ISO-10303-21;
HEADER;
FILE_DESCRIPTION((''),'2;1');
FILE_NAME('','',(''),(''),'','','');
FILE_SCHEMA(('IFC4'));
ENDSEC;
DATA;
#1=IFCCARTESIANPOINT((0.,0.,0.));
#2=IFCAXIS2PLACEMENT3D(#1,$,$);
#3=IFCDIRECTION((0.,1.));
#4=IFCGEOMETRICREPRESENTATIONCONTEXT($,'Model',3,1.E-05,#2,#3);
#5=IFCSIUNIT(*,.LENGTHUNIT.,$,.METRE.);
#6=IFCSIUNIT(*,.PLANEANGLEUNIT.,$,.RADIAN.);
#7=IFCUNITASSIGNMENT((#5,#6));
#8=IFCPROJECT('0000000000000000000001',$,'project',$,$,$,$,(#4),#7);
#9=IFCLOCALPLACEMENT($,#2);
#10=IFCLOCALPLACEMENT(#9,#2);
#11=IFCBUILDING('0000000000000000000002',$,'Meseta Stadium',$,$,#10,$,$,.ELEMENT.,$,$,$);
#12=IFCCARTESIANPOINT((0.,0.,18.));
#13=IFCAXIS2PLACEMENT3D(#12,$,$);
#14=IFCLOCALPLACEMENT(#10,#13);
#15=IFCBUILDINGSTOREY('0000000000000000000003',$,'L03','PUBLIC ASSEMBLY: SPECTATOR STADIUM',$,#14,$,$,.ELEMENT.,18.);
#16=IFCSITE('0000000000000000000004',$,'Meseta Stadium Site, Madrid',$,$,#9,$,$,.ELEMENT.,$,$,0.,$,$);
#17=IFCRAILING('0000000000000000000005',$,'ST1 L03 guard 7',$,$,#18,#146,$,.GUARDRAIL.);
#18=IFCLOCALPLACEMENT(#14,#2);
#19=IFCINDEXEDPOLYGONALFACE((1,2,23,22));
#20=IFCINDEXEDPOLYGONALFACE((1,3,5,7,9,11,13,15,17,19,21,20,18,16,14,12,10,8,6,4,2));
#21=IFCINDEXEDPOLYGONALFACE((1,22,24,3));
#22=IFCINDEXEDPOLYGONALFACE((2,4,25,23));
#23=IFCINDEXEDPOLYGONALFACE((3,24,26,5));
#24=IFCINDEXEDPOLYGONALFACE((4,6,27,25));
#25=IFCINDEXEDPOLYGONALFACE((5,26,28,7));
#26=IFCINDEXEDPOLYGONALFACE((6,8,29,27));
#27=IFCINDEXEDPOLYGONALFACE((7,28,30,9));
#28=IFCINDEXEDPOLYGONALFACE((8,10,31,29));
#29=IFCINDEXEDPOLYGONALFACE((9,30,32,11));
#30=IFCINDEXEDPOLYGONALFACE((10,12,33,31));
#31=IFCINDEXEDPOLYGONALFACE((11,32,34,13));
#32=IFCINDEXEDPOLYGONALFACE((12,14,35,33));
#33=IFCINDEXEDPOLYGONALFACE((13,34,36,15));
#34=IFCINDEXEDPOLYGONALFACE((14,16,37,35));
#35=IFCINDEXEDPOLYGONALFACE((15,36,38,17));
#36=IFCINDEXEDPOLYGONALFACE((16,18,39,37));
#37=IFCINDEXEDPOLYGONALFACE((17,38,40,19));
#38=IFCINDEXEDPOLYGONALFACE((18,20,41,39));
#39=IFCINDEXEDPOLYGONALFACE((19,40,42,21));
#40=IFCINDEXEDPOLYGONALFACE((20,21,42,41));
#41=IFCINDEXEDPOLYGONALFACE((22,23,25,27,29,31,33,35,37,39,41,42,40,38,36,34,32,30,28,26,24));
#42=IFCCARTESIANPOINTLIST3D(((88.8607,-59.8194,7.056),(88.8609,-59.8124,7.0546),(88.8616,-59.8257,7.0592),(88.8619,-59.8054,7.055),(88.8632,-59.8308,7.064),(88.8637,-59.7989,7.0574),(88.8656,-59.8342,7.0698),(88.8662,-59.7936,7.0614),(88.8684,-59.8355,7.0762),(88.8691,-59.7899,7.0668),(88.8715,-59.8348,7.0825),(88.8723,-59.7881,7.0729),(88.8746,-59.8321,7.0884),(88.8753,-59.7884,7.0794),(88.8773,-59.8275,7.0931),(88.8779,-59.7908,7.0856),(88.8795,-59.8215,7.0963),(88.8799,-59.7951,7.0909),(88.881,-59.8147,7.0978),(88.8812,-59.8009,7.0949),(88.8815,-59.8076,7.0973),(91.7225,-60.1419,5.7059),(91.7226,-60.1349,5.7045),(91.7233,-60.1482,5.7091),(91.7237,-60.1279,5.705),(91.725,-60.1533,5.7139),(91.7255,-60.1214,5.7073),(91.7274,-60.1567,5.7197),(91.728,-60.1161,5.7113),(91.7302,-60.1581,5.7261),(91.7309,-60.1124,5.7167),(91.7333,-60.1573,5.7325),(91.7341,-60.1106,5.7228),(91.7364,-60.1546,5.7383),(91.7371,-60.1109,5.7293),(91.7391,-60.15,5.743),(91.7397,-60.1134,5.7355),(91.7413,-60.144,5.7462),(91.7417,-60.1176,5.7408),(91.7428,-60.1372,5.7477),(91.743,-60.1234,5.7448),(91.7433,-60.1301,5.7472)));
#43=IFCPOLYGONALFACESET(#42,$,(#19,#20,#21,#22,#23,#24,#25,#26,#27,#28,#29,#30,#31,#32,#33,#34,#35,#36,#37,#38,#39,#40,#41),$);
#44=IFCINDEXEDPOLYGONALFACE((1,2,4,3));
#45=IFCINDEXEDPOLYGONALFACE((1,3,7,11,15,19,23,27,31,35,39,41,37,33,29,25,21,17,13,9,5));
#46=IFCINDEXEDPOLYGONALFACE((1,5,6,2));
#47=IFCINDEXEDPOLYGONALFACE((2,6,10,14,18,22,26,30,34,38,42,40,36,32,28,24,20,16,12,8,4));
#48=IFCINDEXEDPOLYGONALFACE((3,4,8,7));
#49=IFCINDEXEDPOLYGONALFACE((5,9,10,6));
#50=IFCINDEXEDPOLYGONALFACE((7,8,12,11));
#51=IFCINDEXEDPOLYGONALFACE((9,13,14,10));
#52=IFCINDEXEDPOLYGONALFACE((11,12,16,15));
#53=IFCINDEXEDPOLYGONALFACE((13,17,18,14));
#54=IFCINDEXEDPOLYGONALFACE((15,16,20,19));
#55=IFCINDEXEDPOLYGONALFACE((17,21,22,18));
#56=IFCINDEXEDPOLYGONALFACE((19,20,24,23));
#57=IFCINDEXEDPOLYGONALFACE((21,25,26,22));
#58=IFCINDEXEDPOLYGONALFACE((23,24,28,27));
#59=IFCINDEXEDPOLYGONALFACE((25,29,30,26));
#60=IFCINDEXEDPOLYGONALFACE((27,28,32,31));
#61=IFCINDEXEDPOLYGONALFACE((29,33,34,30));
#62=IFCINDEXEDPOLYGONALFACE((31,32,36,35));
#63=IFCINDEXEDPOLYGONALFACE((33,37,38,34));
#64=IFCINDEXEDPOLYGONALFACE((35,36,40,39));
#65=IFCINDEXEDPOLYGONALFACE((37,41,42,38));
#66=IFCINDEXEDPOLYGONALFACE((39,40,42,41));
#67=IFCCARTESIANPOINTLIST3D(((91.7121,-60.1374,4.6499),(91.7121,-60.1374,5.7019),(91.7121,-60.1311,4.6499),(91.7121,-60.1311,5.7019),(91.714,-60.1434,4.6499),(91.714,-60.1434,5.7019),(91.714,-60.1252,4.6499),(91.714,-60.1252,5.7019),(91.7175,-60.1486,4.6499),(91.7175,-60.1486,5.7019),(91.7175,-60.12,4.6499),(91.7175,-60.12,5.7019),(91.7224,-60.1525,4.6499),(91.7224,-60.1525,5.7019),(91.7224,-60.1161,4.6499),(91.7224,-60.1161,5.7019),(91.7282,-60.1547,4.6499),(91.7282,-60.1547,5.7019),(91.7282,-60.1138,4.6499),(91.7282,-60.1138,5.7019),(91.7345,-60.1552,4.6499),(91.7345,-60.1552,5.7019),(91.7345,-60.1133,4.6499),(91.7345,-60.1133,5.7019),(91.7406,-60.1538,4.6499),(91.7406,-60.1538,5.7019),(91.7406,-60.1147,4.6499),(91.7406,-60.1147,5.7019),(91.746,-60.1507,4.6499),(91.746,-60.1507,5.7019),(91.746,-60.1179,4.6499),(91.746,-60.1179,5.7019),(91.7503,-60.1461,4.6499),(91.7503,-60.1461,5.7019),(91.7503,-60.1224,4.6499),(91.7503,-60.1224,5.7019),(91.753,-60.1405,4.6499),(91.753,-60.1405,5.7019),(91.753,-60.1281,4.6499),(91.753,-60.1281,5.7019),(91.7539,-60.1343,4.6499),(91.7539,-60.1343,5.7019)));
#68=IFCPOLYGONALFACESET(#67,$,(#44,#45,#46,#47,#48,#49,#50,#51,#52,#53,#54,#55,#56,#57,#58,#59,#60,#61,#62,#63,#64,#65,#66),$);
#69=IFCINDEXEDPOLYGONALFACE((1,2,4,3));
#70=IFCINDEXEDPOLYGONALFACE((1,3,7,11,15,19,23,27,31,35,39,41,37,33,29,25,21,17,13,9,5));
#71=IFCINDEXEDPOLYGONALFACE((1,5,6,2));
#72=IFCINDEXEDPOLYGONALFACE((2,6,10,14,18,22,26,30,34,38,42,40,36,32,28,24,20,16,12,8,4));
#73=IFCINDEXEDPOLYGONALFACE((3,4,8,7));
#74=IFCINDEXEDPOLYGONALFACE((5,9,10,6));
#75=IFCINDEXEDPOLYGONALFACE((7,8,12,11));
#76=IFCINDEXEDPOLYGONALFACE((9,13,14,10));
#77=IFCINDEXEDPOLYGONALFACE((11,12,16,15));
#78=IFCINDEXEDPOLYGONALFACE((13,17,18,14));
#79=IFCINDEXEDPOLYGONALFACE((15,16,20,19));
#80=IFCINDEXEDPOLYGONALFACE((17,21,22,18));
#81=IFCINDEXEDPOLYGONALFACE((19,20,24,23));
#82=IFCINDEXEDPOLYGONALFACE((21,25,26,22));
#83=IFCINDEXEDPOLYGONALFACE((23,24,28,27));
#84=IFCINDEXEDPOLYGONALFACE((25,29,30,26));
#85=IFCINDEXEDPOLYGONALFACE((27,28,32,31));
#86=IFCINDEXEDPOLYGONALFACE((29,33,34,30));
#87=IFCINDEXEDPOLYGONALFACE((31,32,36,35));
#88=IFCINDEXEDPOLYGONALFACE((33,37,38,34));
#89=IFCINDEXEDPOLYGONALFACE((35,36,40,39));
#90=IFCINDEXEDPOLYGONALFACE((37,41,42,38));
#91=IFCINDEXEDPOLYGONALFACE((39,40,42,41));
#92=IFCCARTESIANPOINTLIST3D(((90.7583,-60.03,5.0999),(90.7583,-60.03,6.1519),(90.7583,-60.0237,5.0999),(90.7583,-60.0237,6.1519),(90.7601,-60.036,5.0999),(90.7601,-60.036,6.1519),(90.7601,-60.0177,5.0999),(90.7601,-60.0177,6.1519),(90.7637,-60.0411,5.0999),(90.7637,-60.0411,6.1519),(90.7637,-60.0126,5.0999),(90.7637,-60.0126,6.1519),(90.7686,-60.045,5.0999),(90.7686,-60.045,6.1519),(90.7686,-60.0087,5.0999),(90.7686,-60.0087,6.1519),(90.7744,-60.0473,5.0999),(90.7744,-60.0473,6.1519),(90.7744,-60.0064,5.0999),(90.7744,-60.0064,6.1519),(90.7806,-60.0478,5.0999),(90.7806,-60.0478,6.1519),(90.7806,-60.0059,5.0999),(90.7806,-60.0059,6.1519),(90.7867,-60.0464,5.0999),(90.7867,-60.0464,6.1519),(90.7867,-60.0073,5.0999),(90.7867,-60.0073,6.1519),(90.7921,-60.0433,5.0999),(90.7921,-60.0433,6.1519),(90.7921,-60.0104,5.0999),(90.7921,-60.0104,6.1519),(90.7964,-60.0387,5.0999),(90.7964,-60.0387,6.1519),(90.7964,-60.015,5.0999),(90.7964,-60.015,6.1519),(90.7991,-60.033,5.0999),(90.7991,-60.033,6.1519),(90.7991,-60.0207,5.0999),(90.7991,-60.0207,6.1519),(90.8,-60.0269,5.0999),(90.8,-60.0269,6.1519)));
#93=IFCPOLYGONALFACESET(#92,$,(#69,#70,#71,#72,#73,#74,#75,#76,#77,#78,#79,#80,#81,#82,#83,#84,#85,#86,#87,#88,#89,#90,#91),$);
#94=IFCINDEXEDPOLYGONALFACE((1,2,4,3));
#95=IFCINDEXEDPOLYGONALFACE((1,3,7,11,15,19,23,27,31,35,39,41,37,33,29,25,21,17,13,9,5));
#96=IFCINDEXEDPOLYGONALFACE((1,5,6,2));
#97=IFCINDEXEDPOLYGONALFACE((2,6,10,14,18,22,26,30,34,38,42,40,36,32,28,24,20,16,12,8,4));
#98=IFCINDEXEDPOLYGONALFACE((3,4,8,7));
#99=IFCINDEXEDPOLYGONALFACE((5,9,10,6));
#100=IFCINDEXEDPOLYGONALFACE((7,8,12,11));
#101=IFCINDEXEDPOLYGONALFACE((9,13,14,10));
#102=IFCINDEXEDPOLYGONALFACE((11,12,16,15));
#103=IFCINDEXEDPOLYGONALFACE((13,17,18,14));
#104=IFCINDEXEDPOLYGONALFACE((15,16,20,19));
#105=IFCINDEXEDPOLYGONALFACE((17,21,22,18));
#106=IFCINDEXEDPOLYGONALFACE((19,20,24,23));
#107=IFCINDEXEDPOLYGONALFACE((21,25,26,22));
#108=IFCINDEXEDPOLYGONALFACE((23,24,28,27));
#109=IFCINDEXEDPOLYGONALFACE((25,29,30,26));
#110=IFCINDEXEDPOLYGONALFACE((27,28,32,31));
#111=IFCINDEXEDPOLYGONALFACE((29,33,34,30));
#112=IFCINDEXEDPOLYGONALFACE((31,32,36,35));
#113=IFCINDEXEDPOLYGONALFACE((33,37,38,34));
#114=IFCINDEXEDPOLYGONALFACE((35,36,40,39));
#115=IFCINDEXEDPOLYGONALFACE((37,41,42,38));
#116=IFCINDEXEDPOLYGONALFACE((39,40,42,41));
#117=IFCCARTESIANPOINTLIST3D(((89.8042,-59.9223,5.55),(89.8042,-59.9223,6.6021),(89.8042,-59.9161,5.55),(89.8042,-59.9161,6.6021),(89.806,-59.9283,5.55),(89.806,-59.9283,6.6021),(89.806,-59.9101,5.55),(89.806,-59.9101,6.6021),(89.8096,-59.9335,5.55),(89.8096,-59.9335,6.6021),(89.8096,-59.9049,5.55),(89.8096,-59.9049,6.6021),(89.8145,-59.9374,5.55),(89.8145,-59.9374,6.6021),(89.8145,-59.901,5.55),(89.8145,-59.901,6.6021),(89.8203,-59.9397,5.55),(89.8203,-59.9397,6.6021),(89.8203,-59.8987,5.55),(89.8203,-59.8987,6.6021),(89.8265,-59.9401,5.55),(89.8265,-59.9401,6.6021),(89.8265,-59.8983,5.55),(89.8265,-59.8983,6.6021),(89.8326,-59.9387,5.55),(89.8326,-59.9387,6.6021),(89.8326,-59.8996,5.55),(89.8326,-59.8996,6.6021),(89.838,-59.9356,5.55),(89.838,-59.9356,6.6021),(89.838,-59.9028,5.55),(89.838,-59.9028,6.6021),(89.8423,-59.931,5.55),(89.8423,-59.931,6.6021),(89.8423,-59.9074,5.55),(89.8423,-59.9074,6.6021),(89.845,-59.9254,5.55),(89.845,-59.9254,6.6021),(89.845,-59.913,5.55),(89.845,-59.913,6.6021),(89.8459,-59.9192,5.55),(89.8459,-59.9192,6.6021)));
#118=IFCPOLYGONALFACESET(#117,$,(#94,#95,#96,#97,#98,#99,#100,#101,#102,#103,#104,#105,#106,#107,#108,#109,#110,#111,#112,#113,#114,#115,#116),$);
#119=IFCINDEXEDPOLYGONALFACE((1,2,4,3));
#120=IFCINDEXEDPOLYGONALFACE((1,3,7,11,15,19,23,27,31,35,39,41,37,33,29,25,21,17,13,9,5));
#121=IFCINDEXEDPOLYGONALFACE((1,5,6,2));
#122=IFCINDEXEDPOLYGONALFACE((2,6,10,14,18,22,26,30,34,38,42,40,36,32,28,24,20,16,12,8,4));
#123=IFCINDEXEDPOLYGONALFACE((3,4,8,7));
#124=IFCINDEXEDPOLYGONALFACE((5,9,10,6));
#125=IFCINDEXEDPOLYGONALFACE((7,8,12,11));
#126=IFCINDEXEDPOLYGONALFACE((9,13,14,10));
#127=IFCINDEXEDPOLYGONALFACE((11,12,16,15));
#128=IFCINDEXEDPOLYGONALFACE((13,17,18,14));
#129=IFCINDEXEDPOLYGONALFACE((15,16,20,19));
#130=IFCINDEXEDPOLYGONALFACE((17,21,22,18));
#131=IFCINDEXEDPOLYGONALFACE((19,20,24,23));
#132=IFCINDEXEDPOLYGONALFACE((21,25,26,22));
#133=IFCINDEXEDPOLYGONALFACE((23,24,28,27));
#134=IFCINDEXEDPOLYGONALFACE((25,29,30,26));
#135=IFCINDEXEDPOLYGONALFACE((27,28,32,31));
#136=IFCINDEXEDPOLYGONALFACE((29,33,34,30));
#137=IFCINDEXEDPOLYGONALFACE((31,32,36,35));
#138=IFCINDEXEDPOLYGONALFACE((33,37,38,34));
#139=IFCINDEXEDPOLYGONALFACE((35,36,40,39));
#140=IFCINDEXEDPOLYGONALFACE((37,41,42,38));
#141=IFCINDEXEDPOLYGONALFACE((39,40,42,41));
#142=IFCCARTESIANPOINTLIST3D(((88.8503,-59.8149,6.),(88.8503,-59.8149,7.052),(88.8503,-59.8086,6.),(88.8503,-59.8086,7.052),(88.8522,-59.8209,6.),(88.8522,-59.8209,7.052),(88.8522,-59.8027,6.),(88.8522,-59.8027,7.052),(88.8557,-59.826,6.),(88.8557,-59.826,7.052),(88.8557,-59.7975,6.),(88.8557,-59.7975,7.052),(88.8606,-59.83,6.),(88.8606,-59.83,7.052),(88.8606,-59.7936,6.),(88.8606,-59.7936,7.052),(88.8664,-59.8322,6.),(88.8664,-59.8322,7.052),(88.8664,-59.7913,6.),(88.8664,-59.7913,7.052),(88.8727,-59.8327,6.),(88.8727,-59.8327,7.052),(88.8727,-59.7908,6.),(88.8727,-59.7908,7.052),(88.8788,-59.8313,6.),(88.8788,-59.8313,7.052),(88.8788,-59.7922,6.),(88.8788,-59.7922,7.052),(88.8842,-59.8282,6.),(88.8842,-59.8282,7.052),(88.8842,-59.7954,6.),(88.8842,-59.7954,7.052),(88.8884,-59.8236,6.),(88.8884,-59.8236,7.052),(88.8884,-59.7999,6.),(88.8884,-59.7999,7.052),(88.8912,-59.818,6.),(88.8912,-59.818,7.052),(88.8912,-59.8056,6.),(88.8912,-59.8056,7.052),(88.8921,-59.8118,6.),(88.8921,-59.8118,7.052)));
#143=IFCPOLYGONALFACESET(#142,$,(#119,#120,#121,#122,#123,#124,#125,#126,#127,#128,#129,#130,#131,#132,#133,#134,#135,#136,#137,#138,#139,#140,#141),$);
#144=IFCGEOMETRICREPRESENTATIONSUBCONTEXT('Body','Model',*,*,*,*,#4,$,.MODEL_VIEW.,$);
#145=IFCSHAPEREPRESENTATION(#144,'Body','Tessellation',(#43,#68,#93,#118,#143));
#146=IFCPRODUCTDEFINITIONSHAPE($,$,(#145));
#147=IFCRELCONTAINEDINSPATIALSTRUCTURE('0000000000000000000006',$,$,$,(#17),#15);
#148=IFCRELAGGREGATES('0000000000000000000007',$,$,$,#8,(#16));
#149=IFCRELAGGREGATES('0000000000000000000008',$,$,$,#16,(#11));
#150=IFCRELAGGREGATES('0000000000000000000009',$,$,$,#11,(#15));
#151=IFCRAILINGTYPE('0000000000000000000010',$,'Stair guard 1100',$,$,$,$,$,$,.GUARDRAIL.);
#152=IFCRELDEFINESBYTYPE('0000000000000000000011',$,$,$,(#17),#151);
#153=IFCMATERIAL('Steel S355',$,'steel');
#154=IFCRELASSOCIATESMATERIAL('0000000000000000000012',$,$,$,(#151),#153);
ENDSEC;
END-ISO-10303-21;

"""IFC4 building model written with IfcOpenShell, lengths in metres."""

from ifc_helpers import new_model, si_unit, direction, frame, origin, origin_2d, place, context, subcontext, project, spatial, circle, extrude, material, type_object, element, save


model = new_model("IFC4")

# Units and contexts
model_context = context("Model", 3, precision=1e-05, world=origin(), true_north=direction((0.0, 1.0)))
body_context = subcontext(model_context, "Body", "Model", "MODEL_VIEW")
ifc_project = project(units=[si_unit("LENGTHUNIT", "METRE"), si_unit("PLANEANGLEUNIT", "RADIAN")], contexts=[model_context])

# Site, building, storey
site_placement = place(None, origin())
site = spatial("IfcSite", under=ifc_project, at=site_placement, Name="Meseta Stadium Site, Madrid", CompositionType="ELEMENT", RefElevation=0.0)
building_placement = place(site_placement, origin())
building = spatial("IfcBuilding", under=site, at=building_placement, Name="Meseta Stadium", CompositionType="ELEMENT")
storey_placement = place(building_placement, frame((0.0, 0.0, 18.0)))
storey = spatial("IfcBuildingStorey", under=building, at=storey_placement, Name="L03", Description="PUBLIC ASSEMBLY: SPECTATOR STADIUM", CompositionType="ELEMENT", Elevation=18.0)

# Railing
ifc_material_1 = material(Name="Steel S355", Category="steel")
railing_type_1 = type_object("IfcRailingType", Name="Stair guard 1100", PredefinedType="GUARDRAIL", material=ifc_material_1)
railing_1_placement = place(storey_placement, frame((91.7329, -60.1343, 4.6499)))
element("IfcRailing", 1, at=railing_1_placement, inside=storey, type_object=railing_type_1, Name="ST1 L03 guard 7", PredefinedType="GUARDRAIL", context=body_context, shape_type="SweptSolid", body=[
    extrude(circle(Radius=0.0239, at=origin_2d()), frame((0.0, 0.0, 1.0762), z_axis=(-0.899748, 0.101396, 0.424467), x_axis=(-0.111985, -0.99371, 0.0)), (0.0, 0.0, 1.0), 3.1807),
    extrude(circle(Radius=0.021, at=origin_2d()), origin(), (0.0, 0.0, 1.0), 1.052),
    extrude(circle(Radius=0.021, at=origin_2d()), frame((-0.9539, 0.1074, 0.45)), (0.0, 0.0, 1.0), 1.052),
    extrude(circle(Radius=0.021, at=origin_2d()), frame((-1.908, 0.2151, 0.9001)), (0.0, 0.0, 1.0), 1.052),
    extrude(circle(Radius=0.021, at=origin_2d()), frame((-2.8618, 0.3225, 1.3501)), (0.0, 0.0, 1.0), 1.052),
])

save(model, "model.ifc")
